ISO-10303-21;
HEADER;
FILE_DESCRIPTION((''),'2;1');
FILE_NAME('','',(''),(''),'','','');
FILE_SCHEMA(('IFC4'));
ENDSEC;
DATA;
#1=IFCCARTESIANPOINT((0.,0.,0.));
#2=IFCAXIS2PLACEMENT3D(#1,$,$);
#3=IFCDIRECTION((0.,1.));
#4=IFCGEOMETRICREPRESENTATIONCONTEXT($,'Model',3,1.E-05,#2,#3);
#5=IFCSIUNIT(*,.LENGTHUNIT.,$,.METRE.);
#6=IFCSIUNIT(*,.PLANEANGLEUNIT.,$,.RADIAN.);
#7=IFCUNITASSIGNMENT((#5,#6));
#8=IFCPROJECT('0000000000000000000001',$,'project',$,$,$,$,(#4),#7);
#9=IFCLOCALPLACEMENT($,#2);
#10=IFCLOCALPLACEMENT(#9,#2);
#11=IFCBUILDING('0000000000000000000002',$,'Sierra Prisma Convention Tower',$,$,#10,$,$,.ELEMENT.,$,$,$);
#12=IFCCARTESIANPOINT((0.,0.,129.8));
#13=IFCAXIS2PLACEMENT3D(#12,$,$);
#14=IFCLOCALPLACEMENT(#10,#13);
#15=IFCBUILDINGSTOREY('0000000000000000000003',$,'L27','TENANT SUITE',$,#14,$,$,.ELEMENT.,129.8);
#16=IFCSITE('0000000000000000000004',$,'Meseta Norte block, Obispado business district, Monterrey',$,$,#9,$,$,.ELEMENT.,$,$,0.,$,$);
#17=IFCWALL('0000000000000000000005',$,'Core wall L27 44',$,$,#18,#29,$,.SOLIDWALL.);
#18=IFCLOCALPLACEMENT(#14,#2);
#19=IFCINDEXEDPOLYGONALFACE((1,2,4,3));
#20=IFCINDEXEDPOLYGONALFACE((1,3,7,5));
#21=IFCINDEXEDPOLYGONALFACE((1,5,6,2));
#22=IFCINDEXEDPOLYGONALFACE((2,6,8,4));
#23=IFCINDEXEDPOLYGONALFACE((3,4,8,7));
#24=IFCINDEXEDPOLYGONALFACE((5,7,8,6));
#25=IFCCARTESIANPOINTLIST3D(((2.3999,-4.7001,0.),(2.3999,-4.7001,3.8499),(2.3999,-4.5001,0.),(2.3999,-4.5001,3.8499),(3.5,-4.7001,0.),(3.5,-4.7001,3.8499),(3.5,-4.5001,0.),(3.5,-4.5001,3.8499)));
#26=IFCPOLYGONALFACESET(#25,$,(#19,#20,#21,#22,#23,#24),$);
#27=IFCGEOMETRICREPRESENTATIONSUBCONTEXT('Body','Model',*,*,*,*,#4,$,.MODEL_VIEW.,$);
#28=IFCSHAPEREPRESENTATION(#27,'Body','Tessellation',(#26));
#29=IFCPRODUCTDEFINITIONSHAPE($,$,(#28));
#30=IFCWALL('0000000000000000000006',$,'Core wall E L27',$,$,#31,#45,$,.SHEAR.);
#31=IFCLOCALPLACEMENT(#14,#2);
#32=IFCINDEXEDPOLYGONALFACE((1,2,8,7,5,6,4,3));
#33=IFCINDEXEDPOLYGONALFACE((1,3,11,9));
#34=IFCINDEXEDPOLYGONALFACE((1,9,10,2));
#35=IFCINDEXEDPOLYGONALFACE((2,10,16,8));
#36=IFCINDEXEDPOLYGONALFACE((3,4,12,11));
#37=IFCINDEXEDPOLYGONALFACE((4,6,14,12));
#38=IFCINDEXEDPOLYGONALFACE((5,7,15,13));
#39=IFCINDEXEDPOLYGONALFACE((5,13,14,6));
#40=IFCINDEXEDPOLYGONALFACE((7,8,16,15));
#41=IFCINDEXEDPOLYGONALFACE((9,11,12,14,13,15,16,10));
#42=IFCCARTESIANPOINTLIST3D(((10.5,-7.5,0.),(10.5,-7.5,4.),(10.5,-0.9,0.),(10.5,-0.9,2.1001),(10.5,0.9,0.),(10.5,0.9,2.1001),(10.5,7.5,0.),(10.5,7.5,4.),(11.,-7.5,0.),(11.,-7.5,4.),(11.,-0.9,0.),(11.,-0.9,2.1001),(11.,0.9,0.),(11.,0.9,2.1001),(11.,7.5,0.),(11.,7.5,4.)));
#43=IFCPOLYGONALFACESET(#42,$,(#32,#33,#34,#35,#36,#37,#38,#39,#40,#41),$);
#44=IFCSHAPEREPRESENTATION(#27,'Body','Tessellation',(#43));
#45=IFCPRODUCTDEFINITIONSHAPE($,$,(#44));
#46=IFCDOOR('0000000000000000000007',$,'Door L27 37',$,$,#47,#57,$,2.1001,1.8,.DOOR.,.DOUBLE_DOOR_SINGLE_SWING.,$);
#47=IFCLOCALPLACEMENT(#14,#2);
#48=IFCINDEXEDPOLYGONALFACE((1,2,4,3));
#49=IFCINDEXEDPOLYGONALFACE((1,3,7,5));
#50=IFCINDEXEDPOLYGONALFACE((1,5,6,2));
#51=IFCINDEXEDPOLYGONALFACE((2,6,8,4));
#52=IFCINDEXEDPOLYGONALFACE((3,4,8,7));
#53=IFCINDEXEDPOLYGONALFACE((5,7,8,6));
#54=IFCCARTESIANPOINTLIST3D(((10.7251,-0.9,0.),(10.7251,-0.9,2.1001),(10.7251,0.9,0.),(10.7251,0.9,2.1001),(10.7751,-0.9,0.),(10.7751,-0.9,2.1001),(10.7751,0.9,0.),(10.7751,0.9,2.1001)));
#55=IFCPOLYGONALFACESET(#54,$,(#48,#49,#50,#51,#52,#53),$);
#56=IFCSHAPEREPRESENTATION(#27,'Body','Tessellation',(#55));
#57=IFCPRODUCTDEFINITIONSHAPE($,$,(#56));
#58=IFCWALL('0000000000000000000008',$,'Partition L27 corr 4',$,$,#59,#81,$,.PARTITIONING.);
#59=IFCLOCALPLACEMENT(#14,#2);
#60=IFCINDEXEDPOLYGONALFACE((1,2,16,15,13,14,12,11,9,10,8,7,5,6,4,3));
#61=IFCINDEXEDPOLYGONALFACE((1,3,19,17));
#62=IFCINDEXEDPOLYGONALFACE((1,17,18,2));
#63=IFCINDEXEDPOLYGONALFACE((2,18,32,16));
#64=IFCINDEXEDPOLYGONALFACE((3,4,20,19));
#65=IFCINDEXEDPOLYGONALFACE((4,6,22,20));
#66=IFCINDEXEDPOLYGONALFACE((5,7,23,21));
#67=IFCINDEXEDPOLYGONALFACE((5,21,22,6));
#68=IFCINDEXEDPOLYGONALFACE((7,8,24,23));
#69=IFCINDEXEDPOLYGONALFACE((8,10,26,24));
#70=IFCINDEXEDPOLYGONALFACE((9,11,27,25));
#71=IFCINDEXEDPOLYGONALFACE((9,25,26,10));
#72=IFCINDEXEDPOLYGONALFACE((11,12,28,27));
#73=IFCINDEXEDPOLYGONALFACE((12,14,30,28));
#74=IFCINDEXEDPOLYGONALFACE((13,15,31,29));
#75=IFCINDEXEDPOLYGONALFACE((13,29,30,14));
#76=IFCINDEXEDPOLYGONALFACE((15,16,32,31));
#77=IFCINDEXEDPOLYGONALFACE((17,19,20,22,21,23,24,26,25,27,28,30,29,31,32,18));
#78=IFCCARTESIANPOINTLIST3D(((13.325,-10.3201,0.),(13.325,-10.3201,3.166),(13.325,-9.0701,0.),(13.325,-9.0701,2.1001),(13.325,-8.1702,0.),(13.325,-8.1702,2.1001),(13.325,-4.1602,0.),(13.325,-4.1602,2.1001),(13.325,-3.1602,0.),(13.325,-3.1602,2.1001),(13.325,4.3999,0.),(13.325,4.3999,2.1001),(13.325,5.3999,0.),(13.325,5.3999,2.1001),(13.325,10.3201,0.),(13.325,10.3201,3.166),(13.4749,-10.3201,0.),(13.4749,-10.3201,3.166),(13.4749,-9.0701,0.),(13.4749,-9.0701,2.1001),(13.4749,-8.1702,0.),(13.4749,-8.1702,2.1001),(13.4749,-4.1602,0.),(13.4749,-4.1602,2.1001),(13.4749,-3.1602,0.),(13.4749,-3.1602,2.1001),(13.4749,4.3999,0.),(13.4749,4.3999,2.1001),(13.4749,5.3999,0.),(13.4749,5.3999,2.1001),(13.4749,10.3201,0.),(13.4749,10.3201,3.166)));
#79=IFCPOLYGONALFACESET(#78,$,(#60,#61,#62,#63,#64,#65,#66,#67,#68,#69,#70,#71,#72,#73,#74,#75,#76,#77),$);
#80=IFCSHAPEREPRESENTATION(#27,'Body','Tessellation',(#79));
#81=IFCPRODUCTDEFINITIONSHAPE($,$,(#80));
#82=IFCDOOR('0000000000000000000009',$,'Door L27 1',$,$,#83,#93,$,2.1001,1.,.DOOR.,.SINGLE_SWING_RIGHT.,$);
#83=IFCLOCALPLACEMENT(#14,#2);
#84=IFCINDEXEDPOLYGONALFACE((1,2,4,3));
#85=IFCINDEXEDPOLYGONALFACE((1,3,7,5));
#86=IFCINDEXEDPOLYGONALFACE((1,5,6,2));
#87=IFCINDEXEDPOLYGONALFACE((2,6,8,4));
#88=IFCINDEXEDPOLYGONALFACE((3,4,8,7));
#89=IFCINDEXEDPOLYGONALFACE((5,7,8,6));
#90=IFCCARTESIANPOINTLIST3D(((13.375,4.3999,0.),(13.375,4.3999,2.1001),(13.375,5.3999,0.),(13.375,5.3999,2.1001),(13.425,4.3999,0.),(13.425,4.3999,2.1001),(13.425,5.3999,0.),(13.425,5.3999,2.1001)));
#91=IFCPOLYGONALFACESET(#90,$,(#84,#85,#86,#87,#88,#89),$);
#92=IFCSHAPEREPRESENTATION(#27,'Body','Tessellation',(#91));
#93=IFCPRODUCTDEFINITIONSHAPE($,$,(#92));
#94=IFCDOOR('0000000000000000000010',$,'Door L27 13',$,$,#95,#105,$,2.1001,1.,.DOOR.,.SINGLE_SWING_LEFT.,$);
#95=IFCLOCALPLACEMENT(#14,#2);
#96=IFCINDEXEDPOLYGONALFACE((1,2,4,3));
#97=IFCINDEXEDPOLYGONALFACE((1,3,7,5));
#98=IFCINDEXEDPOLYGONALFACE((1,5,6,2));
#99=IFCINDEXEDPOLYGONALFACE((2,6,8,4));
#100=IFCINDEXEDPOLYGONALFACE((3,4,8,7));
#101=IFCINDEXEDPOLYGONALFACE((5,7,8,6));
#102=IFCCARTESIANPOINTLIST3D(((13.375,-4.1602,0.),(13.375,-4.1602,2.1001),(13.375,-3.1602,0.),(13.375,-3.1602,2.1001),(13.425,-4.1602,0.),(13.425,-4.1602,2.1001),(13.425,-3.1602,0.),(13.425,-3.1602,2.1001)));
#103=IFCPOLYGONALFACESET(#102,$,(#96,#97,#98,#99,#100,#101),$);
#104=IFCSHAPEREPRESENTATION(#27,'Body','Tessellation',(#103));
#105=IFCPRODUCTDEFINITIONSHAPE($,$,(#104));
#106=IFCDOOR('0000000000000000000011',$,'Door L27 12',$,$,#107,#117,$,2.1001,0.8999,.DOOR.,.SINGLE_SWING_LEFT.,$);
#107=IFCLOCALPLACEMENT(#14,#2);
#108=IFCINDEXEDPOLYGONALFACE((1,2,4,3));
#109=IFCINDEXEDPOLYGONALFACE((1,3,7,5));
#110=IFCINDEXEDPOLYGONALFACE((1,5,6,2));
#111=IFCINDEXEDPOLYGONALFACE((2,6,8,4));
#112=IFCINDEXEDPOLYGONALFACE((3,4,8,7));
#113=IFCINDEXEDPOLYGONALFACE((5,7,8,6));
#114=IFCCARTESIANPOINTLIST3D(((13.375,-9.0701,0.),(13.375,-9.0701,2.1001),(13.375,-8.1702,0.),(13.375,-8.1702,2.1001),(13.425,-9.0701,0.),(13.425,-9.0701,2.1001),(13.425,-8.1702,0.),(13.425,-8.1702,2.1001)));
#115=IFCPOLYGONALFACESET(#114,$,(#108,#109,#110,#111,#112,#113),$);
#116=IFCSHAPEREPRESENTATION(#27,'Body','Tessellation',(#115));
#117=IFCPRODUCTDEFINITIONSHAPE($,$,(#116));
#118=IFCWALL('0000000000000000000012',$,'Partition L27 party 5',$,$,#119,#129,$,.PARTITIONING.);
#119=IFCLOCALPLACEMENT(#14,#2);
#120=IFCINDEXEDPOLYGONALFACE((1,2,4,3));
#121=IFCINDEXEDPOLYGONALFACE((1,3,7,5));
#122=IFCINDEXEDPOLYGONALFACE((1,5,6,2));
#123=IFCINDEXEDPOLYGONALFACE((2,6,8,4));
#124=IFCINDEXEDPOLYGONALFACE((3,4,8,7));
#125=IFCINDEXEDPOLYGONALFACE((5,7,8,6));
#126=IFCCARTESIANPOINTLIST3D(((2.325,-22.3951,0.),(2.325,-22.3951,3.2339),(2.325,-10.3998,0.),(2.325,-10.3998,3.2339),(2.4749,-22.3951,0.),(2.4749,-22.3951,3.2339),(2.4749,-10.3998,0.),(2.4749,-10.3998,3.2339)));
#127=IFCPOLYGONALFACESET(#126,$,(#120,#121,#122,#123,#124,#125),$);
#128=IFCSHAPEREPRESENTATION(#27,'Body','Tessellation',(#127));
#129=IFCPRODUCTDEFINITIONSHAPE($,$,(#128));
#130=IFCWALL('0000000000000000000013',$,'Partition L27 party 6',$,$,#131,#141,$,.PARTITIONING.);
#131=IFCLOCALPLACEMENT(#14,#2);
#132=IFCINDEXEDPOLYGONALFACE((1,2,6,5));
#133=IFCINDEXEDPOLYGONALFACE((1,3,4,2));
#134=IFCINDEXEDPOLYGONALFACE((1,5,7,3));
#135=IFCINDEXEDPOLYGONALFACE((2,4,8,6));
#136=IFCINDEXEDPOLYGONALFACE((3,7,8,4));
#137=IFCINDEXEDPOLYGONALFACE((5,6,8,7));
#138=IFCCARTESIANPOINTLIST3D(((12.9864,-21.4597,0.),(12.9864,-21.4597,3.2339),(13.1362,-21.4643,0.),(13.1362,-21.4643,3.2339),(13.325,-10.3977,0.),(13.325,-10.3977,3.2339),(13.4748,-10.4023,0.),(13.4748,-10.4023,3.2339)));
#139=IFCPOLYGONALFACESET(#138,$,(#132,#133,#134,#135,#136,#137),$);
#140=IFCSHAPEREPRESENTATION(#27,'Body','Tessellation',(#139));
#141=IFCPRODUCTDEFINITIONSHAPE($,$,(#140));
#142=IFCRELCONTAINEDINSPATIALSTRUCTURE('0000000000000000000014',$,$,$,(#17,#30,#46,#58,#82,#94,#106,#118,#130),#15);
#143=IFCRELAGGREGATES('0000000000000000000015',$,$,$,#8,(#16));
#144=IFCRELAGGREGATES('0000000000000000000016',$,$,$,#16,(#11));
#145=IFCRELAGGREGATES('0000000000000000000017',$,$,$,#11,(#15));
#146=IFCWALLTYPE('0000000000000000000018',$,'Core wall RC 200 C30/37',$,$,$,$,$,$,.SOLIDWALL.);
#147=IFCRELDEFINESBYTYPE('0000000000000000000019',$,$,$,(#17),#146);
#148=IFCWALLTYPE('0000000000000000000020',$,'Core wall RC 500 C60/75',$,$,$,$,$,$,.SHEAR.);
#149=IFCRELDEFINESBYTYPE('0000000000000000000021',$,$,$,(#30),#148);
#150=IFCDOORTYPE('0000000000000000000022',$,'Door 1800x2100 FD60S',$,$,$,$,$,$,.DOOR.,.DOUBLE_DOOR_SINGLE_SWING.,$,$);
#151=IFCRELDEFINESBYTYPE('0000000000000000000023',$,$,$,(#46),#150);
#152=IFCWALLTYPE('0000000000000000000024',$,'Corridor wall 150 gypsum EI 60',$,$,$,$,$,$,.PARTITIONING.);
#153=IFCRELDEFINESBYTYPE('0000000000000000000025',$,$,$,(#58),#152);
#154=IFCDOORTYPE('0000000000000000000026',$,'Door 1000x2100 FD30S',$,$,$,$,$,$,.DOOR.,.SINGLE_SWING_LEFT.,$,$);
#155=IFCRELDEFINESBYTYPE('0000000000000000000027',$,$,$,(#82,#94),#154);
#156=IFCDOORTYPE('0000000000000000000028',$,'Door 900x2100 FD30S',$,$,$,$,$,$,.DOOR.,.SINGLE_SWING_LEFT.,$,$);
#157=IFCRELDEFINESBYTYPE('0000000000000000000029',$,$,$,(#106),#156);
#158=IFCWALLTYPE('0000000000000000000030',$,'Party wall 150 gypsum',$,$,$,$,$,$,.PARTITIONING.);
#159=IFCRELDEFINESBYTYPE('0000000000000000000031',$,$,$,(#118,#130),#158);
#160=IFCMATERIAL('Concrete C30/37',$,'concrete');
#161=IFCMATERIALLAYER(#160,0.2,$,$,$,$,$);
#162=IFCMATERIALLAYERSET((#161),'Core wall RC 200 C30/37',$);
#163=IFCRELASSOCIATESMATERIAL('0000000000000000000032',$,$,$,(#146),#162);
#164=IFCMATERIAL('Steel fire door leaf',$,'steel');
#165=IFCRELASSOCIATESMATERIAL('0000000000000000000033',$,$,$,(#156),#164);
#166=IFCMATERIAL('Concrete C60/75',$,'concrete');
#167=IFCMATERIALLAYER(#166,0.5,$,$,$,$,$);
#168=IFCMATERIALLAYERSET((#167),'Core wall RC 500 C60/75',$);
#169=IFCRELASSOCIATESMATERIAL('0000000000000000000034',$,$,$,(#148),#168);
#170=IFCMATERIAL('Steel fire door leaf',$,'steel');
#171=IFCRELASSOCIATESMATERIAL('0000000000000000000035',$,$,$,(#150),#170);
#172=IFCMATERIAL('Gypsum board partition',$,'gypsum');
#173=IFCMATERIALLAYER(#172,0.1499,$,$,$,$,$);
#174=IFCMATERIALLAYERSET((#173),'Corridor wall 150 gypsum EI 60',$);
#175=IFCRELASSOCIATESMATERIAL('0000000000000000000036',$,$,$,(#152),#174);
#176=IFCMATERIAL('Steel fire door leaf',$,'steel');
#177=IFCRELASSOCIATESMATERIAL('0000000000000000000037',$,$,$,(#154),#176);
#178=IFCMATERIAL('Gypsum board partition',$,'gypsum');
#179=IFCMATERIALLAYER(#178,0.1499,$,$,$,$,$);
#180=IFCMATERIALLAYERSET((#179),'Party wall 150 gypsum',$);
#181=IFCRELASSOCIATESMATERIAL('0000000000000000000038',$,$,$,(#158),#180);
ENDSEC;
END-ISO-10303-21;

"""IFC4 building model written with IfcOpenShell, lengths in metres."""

from ifc_helpers import new_model, si_unit, direction, frame, frame_2d, origin, place, context, subcontext, project, spatial, rectangle, extrude, material, layer, layer_set, type_object, element, fill, save


model = new_model("IFC4")

# Units and contexts
model_context = context("Model", 3, precision=1e-05, world=origin(), true_north=direction((0.0, 1.0)))
body_context = subcontext(model_context, "Body", "Model", "MODEL_VIEW")
ifc_project = project(units=[si_unit("LENGTHUNIT", "METRE"), si_unit("PLANEANGLEUNIT", "RADIAN")], contexts=[model_context])

# Site, building, storey
site_placement = place(None, origin())
site = spatial("IfcSite", under=ifc_project, at=site_placement, Name="Meseta Norte block, Obispado business district, Monterrey", CompositionType="ELEMENT", RefElevation=0.0)
building_placement = place(site_placement, origin())
building = spatial("IfcBuilding", under=site, at=building_placement, Name="Sierra Prisma Convention Tower", CompositionType="ELEMENT")
storey_placement = place(building_placement, frame((0.0, 0.0, 129.8)))
storey = spatial("IfcBuildingStorey", under=building, at=storey_placement, Name="L27", Description="TENANT SUITE", CompositionType="ELEMENT", Elevation=129.8)

# Shared definitions
ifc_material_1 = material(Name="Concrete C30/37", Category="concrete")
ifc_layer_1 = layer(ifc_material_1, 0.2)
ifc_layer_set_1 = layer_set([ifc_layer_1], Name="Core wall RC 200 C30/37")
wall_type_1 = type_object("IfcWallType", Name="Core wall RC 200 C30/37", PredefinedType="SOLIDWALL", material=ifc_layer_set_1)

# Shared definitions
ifc_material_2 = material(Name="Steel fire door leaf", Category="steel")
door_type_1 = type_object("IfcDoorType", Name="Door 900x2100 FD30S", OperationType="SINGLE_SWING_LEFT", PredefinedType="DOOR", material=ifc_material_2)

# Wall
wall_1_placement = place(storey_placement, frame((3.5, -4.6001, 0.0), z_axis=(0.0, 0.0, 1.0), x_axis=(-1.0, 0.0, 0.0)))
element("IfcWall", 1, at=wall_1_placement, inside=storey, type_object=wall_type_1, Name="Core wall L27 44", PredefinedType="SOLIDWALL", context=body_context, shape_type="SweptSolid", body=[
    extrude(rectangle(XDim=1.1001, YDim=0.2, at=frame_2d((0.55, 0.0))), origin(), (0.0, 0.0, 1.0), 3.8499),
])

# Wall, opening, door
ifc_material_3 = material(Name="Concrete C60/75", Category="concrete")
ifc_layer_2 = layer(ifc_material_3, 0.5)
ifc_layer_set_2 = layer_set([ifc_layer_2], Name="Core wall RC 500 C60/75")
wall_type_2 = type_object("IfcWallType", Name="Core wall RC 500 C60/75", PredefinedType="SHEAR", material=ifc_layer_set_2)
wall_2_placement = place(storey_placement, frame((10.75, -7.5, 0.0), z_axis=(0.0, 0.0, 1.0), x_axis=(0.0, 1.0, 0.0)))
wall_2 = element("IfcWall", 2, at=wall_2_placement, inside=storey, type_object=wall_type_2, Name="Core wall E L27", PredefinedType="SHEAR", context=body_context, shape_type="SweptSolid", body=[
    extrude(rectangle(XDim=15.0, YDim=0.5, at=frame_2d((7.5, 0.0))), origin(), (0.0, 0.0, 1.0), 4.0),
])
opening_1_placement = place(wall_2_placement, frame((6.6001, 0.0, 0.0)))
opening_1 = element("IfcOpeningElement", 3, at=opening_1_placement, cuts=wall_2, PredefinedType="OPENING", context=body_context, shape_type="SweptSolid", body=[
    extrude(rectangle(XDim=1.8, YDim=2.1001, at=frame_2d((0.8999, 1.05))), frame((0.0, 0.25, 0.0), z_axis=(0.0, -1.0, 0.0), x_axis=(1.0, 0.0, 0.0)), (0.0, 0.0, 1.0), 0.5),
])
ifc_material_4 = material(Name="Steel fire door leaf", Category="steel")
door_type_2 = type_object("IfcDoorType", Name="Door 1800x2100 FD60S", OperationType="DOUBLE_DOOR_SINGLE_SWING", PredefinedType="DOOR", material=ifc_material_4)
door_1_placement = place(opening_1_placement, origin())
door_1 = element("IfcDoor", 4, at=door_1_placement, inside=storey, type_object=door_type_2, Name="Door L27 37", OperationType="DOUBLE_DOOR_SINGLE_SWING", OverallHeight=2.1001, OverallWidth=1.8, PredefinedType="DOOR", context=body_context, shape_type="SweptSolid", body=[
    extrude(rectangle(XDim=1.8, YDim=2.1001, at=frame_2d((0.8999, 1.05))), frame((0.0, 0.0249, 0.0), z_axis=(0.0, -1.0, 0.0), x_axis=(1.0, 0.0, 0.0)), (0.0, 0.0, 1.0), 0.05),
])
fill(opening_1, door_1)

# Wall, openings, doors
ifc_material_5 = material(Name="Gypsum board partition", Category="gypsum")
ifc_layer_3 = layer(ifc_material_5, 0.1499)
ifc_layer_set_3 = layer_set([ifc_layer_3], Name="Corridor wall 150 gypsum EI 60")
wall_type_3 = type_object("IfcWallType", Name="Corridor wall 150 gypsum EI 60", PredefinedType="PARTITIONING", material=ifc_layer_set_3)
wall_3_placement = place(storey_placement, frame((13.3999, -10.3201, 0.0), z_axis=(0.0, 0.0, 1.0), x_axis=(0.0, 1.0, 0.0)))
wall_3 = element("IfcWall", 5, at=wall_3_placement, inside=storey, type_object=wall_type_3, Name="Partition L27 corr 4", PredefinedType="PARTITIONING", context=body_context, shape_type="SweptSolid", body=[
    extrude(rectangle(XDim=20.6401, YDim=0.1499, at=frame_2d((10.3201, 0.0))), origin(), (0.0, 0.0, 1.0), 3.166),
])
opening_2_placement = place(wall_3_placement, frame((14.72, 0.0, 0.0)))
opening_2 = element("IfcOpeningElement", 6, at=opening_2_placement, cuts=wall_3, PredefinedType="OPENING", context=body_context, shape_type="SweptSolid", body=[
    extrude(rectangle(XDim=1.0, YDim=2.1001, at=frame_2d((0.5, 1.05))), frame((0.0, 0.075, 0.0), z_axis=(0.0, -1.0, 0.0), x_axis=(1.0, 0.0, 0.0)), (0.0, 0.0, 1.0), 0.1499),
])
opening_3_placement = place(wall_3_placement, frame((1.25, 0.0, 0.0)))
opening_3 = element("IfcOpeningElement", 7, at=opening_3_placement, cuts=wall_3, PredefinedType="OPENING", context=body_context, shape_type="SweptSolid", body=[
    extrude(rectangle(XDim=0.8999, YDim=2.1001, at=frame_2d((0.45, 1.05))), frame((0.0, 0.075, 0.0), z_axis=(0.0, -1.0, 0.0), x_axis=(1.0, 0.0, 0.0)), (0.0, 0.0, 1.0), 0.1499),
])
opening_4_placement = place(wall_3_placement, frame((6.1599, 0.0, 0.0)))
opening_4 = element("IfcOpeningElement", 8, at=opening_4_placement, cuts=wall_3, PredefinedType="OPENING", context=body_context, shape_type="SweptSolid", body=[
    extrude(rectangle(XDim=1.0, YDim=2.1001, at=frame_2d((0.5, 1.05))), frame((0.0, 0.075, 0.0), z_axis=(0.0, -1.0, 0.0), x_axis=(1.0, 0.0, 0.0)), (0.0, 0.0, 1.0), 0.1499),
])
ifc_material_6 = material(Name="Steel fire door leaf", Category="steel")
door_type_3 = type_object("IfcDoorType", Name="Door 1000x2100 FD30S", OperationType="SINGLE_SWING_LEFT", PredefinedType="DOOR", material=ifc_material_6)
door_2_placement = place(opening_2_placement, origin())
door_2 = element("IfcDoor", 9, at=door_2_placement, inside=storey, type_object=door_type_3, Name="Door L27 1", OperationType="SINGLE_SWING_RIGHT", OverallHeight=2.1001, OverallWidth=1.0, PredefinedType="DOOR", context=body_context, shape_type="SweptSolid", body=[
    extrude(rectangle(XDim=1.0, YDim=2.1001, at=frame_2d((0.5, 1.05))), frame((0.0, 0.0249, 0.0), z_axis=(0.0, -1.0, 0.0), x_axis=(1.0, 0.0, 0.0)), (0.0, 0.0, 1.0), 0.05),
])
fill(opening_2, door_2)
door_3_placement = place(opening_4_placement, origin())
door_3 = element("IfcDoor", 10, at=door_3_placement, inside=storey, type_object=door_type_3, Name="Door L27 13", OperationType="SINGLE_SWING_LEFT", OverallHeight=2.1001, OverallWidth=1.0, PredefinedType="DOOR", context=body_context, shape_type="SweptSolid", body=[
    extrude(rectangle(XDim=1.0, YDim=2.1001, at=frame_2d((0.5, 1.05))), frame((0.0, 0.0249, 0.0), z_axis=(0.0, -1.0, 0.0), x_axis=(1.0, 0.0, 0.0)), (0.0, 0.0, 1.0), 0.05),
])
fill(opening_4, door_3)
door_4_placement = place(opening_3_placement, origin())
door_4 = element("IfcDoor", 11, at=door_4_placement, inside=storey, type_object=door_type_1, Name="Door L27 12", OperationType="SINGLE_SWING_LEFT", OverallHeight=2.1001, OverallWidth=0.8999, PredefinedType="DOOR", context=body_context, shape_type="SweptSolid", body=[
    extrude(rectangle(XDim=0.8999, YDim=2.1001, at=frame_2d((0.45, 1.05))), frame((0.0, 0.0249, 0.0), z_axis=(0.0, -1.0, 0.0), x_axis=(1.0, 0.0, 0.0)), (0.0, 0.0, 1.0), 0.05),
])
fill(opening_3, door_4)

# Walls
ifc_material_7 = material(Name="Gypsum board partition", Category="gypsum")
ifc_layer_4 = layer(ifc_material_7, 0.1499)
ifc_layer_set_4 = layer_set([ifc_layer_4], Name="Party wall 150 gypsum")
wall_type_4 = type_object("IfcWallType", Name="Party wall 150 gypsum", PredefinedType="PARTITIONING", material=ifc_layer_set_4)
wall_4_placement = place(storey_placement, frame((2.3999, -10.3999, 0.0), z_axis=(0.0, 0.0, 1.0), x_axis=(0.0, -1.0, 0.0)))
element("IfcWall", 12, at=wall_4_placement, inside=storey, type_object=wall_type_4, Name="Partition L27 party 5", PredefinedType="PARTITIONING", context=body_context, shape_type="SweptSolid", body=[
    extrude(rectangle(XDim=11.9954, YDim=0.1499, at=frame_2d((5.9976, 0.0))), origin(), (0.0, 0.0, 1.0), 3.2339),
])
wall_5_placement = place(storey_placement, frame((13.3999, -10.3999, 0.0), z_axis=(0.0, 0.0, 1.0), x_axis=(-0.030597, -0.999532, 0.0)))
element("IfcWall", 13, at=wall_5_placement, inside=storey, type_object=wall_type_4, Name="Partition L27 party 6", PredefinedType="PARTITIONING", context=body_context, shape_type="SweptSolid", body=[
    extrude(rectangle(XDim=11.0671, YDim=0.1499, at=frame_2d((5.5337, 0.0))), origin(), (0.0, 0.0, 1.0), 3.2339),
])

save(model, "model.ifc")
